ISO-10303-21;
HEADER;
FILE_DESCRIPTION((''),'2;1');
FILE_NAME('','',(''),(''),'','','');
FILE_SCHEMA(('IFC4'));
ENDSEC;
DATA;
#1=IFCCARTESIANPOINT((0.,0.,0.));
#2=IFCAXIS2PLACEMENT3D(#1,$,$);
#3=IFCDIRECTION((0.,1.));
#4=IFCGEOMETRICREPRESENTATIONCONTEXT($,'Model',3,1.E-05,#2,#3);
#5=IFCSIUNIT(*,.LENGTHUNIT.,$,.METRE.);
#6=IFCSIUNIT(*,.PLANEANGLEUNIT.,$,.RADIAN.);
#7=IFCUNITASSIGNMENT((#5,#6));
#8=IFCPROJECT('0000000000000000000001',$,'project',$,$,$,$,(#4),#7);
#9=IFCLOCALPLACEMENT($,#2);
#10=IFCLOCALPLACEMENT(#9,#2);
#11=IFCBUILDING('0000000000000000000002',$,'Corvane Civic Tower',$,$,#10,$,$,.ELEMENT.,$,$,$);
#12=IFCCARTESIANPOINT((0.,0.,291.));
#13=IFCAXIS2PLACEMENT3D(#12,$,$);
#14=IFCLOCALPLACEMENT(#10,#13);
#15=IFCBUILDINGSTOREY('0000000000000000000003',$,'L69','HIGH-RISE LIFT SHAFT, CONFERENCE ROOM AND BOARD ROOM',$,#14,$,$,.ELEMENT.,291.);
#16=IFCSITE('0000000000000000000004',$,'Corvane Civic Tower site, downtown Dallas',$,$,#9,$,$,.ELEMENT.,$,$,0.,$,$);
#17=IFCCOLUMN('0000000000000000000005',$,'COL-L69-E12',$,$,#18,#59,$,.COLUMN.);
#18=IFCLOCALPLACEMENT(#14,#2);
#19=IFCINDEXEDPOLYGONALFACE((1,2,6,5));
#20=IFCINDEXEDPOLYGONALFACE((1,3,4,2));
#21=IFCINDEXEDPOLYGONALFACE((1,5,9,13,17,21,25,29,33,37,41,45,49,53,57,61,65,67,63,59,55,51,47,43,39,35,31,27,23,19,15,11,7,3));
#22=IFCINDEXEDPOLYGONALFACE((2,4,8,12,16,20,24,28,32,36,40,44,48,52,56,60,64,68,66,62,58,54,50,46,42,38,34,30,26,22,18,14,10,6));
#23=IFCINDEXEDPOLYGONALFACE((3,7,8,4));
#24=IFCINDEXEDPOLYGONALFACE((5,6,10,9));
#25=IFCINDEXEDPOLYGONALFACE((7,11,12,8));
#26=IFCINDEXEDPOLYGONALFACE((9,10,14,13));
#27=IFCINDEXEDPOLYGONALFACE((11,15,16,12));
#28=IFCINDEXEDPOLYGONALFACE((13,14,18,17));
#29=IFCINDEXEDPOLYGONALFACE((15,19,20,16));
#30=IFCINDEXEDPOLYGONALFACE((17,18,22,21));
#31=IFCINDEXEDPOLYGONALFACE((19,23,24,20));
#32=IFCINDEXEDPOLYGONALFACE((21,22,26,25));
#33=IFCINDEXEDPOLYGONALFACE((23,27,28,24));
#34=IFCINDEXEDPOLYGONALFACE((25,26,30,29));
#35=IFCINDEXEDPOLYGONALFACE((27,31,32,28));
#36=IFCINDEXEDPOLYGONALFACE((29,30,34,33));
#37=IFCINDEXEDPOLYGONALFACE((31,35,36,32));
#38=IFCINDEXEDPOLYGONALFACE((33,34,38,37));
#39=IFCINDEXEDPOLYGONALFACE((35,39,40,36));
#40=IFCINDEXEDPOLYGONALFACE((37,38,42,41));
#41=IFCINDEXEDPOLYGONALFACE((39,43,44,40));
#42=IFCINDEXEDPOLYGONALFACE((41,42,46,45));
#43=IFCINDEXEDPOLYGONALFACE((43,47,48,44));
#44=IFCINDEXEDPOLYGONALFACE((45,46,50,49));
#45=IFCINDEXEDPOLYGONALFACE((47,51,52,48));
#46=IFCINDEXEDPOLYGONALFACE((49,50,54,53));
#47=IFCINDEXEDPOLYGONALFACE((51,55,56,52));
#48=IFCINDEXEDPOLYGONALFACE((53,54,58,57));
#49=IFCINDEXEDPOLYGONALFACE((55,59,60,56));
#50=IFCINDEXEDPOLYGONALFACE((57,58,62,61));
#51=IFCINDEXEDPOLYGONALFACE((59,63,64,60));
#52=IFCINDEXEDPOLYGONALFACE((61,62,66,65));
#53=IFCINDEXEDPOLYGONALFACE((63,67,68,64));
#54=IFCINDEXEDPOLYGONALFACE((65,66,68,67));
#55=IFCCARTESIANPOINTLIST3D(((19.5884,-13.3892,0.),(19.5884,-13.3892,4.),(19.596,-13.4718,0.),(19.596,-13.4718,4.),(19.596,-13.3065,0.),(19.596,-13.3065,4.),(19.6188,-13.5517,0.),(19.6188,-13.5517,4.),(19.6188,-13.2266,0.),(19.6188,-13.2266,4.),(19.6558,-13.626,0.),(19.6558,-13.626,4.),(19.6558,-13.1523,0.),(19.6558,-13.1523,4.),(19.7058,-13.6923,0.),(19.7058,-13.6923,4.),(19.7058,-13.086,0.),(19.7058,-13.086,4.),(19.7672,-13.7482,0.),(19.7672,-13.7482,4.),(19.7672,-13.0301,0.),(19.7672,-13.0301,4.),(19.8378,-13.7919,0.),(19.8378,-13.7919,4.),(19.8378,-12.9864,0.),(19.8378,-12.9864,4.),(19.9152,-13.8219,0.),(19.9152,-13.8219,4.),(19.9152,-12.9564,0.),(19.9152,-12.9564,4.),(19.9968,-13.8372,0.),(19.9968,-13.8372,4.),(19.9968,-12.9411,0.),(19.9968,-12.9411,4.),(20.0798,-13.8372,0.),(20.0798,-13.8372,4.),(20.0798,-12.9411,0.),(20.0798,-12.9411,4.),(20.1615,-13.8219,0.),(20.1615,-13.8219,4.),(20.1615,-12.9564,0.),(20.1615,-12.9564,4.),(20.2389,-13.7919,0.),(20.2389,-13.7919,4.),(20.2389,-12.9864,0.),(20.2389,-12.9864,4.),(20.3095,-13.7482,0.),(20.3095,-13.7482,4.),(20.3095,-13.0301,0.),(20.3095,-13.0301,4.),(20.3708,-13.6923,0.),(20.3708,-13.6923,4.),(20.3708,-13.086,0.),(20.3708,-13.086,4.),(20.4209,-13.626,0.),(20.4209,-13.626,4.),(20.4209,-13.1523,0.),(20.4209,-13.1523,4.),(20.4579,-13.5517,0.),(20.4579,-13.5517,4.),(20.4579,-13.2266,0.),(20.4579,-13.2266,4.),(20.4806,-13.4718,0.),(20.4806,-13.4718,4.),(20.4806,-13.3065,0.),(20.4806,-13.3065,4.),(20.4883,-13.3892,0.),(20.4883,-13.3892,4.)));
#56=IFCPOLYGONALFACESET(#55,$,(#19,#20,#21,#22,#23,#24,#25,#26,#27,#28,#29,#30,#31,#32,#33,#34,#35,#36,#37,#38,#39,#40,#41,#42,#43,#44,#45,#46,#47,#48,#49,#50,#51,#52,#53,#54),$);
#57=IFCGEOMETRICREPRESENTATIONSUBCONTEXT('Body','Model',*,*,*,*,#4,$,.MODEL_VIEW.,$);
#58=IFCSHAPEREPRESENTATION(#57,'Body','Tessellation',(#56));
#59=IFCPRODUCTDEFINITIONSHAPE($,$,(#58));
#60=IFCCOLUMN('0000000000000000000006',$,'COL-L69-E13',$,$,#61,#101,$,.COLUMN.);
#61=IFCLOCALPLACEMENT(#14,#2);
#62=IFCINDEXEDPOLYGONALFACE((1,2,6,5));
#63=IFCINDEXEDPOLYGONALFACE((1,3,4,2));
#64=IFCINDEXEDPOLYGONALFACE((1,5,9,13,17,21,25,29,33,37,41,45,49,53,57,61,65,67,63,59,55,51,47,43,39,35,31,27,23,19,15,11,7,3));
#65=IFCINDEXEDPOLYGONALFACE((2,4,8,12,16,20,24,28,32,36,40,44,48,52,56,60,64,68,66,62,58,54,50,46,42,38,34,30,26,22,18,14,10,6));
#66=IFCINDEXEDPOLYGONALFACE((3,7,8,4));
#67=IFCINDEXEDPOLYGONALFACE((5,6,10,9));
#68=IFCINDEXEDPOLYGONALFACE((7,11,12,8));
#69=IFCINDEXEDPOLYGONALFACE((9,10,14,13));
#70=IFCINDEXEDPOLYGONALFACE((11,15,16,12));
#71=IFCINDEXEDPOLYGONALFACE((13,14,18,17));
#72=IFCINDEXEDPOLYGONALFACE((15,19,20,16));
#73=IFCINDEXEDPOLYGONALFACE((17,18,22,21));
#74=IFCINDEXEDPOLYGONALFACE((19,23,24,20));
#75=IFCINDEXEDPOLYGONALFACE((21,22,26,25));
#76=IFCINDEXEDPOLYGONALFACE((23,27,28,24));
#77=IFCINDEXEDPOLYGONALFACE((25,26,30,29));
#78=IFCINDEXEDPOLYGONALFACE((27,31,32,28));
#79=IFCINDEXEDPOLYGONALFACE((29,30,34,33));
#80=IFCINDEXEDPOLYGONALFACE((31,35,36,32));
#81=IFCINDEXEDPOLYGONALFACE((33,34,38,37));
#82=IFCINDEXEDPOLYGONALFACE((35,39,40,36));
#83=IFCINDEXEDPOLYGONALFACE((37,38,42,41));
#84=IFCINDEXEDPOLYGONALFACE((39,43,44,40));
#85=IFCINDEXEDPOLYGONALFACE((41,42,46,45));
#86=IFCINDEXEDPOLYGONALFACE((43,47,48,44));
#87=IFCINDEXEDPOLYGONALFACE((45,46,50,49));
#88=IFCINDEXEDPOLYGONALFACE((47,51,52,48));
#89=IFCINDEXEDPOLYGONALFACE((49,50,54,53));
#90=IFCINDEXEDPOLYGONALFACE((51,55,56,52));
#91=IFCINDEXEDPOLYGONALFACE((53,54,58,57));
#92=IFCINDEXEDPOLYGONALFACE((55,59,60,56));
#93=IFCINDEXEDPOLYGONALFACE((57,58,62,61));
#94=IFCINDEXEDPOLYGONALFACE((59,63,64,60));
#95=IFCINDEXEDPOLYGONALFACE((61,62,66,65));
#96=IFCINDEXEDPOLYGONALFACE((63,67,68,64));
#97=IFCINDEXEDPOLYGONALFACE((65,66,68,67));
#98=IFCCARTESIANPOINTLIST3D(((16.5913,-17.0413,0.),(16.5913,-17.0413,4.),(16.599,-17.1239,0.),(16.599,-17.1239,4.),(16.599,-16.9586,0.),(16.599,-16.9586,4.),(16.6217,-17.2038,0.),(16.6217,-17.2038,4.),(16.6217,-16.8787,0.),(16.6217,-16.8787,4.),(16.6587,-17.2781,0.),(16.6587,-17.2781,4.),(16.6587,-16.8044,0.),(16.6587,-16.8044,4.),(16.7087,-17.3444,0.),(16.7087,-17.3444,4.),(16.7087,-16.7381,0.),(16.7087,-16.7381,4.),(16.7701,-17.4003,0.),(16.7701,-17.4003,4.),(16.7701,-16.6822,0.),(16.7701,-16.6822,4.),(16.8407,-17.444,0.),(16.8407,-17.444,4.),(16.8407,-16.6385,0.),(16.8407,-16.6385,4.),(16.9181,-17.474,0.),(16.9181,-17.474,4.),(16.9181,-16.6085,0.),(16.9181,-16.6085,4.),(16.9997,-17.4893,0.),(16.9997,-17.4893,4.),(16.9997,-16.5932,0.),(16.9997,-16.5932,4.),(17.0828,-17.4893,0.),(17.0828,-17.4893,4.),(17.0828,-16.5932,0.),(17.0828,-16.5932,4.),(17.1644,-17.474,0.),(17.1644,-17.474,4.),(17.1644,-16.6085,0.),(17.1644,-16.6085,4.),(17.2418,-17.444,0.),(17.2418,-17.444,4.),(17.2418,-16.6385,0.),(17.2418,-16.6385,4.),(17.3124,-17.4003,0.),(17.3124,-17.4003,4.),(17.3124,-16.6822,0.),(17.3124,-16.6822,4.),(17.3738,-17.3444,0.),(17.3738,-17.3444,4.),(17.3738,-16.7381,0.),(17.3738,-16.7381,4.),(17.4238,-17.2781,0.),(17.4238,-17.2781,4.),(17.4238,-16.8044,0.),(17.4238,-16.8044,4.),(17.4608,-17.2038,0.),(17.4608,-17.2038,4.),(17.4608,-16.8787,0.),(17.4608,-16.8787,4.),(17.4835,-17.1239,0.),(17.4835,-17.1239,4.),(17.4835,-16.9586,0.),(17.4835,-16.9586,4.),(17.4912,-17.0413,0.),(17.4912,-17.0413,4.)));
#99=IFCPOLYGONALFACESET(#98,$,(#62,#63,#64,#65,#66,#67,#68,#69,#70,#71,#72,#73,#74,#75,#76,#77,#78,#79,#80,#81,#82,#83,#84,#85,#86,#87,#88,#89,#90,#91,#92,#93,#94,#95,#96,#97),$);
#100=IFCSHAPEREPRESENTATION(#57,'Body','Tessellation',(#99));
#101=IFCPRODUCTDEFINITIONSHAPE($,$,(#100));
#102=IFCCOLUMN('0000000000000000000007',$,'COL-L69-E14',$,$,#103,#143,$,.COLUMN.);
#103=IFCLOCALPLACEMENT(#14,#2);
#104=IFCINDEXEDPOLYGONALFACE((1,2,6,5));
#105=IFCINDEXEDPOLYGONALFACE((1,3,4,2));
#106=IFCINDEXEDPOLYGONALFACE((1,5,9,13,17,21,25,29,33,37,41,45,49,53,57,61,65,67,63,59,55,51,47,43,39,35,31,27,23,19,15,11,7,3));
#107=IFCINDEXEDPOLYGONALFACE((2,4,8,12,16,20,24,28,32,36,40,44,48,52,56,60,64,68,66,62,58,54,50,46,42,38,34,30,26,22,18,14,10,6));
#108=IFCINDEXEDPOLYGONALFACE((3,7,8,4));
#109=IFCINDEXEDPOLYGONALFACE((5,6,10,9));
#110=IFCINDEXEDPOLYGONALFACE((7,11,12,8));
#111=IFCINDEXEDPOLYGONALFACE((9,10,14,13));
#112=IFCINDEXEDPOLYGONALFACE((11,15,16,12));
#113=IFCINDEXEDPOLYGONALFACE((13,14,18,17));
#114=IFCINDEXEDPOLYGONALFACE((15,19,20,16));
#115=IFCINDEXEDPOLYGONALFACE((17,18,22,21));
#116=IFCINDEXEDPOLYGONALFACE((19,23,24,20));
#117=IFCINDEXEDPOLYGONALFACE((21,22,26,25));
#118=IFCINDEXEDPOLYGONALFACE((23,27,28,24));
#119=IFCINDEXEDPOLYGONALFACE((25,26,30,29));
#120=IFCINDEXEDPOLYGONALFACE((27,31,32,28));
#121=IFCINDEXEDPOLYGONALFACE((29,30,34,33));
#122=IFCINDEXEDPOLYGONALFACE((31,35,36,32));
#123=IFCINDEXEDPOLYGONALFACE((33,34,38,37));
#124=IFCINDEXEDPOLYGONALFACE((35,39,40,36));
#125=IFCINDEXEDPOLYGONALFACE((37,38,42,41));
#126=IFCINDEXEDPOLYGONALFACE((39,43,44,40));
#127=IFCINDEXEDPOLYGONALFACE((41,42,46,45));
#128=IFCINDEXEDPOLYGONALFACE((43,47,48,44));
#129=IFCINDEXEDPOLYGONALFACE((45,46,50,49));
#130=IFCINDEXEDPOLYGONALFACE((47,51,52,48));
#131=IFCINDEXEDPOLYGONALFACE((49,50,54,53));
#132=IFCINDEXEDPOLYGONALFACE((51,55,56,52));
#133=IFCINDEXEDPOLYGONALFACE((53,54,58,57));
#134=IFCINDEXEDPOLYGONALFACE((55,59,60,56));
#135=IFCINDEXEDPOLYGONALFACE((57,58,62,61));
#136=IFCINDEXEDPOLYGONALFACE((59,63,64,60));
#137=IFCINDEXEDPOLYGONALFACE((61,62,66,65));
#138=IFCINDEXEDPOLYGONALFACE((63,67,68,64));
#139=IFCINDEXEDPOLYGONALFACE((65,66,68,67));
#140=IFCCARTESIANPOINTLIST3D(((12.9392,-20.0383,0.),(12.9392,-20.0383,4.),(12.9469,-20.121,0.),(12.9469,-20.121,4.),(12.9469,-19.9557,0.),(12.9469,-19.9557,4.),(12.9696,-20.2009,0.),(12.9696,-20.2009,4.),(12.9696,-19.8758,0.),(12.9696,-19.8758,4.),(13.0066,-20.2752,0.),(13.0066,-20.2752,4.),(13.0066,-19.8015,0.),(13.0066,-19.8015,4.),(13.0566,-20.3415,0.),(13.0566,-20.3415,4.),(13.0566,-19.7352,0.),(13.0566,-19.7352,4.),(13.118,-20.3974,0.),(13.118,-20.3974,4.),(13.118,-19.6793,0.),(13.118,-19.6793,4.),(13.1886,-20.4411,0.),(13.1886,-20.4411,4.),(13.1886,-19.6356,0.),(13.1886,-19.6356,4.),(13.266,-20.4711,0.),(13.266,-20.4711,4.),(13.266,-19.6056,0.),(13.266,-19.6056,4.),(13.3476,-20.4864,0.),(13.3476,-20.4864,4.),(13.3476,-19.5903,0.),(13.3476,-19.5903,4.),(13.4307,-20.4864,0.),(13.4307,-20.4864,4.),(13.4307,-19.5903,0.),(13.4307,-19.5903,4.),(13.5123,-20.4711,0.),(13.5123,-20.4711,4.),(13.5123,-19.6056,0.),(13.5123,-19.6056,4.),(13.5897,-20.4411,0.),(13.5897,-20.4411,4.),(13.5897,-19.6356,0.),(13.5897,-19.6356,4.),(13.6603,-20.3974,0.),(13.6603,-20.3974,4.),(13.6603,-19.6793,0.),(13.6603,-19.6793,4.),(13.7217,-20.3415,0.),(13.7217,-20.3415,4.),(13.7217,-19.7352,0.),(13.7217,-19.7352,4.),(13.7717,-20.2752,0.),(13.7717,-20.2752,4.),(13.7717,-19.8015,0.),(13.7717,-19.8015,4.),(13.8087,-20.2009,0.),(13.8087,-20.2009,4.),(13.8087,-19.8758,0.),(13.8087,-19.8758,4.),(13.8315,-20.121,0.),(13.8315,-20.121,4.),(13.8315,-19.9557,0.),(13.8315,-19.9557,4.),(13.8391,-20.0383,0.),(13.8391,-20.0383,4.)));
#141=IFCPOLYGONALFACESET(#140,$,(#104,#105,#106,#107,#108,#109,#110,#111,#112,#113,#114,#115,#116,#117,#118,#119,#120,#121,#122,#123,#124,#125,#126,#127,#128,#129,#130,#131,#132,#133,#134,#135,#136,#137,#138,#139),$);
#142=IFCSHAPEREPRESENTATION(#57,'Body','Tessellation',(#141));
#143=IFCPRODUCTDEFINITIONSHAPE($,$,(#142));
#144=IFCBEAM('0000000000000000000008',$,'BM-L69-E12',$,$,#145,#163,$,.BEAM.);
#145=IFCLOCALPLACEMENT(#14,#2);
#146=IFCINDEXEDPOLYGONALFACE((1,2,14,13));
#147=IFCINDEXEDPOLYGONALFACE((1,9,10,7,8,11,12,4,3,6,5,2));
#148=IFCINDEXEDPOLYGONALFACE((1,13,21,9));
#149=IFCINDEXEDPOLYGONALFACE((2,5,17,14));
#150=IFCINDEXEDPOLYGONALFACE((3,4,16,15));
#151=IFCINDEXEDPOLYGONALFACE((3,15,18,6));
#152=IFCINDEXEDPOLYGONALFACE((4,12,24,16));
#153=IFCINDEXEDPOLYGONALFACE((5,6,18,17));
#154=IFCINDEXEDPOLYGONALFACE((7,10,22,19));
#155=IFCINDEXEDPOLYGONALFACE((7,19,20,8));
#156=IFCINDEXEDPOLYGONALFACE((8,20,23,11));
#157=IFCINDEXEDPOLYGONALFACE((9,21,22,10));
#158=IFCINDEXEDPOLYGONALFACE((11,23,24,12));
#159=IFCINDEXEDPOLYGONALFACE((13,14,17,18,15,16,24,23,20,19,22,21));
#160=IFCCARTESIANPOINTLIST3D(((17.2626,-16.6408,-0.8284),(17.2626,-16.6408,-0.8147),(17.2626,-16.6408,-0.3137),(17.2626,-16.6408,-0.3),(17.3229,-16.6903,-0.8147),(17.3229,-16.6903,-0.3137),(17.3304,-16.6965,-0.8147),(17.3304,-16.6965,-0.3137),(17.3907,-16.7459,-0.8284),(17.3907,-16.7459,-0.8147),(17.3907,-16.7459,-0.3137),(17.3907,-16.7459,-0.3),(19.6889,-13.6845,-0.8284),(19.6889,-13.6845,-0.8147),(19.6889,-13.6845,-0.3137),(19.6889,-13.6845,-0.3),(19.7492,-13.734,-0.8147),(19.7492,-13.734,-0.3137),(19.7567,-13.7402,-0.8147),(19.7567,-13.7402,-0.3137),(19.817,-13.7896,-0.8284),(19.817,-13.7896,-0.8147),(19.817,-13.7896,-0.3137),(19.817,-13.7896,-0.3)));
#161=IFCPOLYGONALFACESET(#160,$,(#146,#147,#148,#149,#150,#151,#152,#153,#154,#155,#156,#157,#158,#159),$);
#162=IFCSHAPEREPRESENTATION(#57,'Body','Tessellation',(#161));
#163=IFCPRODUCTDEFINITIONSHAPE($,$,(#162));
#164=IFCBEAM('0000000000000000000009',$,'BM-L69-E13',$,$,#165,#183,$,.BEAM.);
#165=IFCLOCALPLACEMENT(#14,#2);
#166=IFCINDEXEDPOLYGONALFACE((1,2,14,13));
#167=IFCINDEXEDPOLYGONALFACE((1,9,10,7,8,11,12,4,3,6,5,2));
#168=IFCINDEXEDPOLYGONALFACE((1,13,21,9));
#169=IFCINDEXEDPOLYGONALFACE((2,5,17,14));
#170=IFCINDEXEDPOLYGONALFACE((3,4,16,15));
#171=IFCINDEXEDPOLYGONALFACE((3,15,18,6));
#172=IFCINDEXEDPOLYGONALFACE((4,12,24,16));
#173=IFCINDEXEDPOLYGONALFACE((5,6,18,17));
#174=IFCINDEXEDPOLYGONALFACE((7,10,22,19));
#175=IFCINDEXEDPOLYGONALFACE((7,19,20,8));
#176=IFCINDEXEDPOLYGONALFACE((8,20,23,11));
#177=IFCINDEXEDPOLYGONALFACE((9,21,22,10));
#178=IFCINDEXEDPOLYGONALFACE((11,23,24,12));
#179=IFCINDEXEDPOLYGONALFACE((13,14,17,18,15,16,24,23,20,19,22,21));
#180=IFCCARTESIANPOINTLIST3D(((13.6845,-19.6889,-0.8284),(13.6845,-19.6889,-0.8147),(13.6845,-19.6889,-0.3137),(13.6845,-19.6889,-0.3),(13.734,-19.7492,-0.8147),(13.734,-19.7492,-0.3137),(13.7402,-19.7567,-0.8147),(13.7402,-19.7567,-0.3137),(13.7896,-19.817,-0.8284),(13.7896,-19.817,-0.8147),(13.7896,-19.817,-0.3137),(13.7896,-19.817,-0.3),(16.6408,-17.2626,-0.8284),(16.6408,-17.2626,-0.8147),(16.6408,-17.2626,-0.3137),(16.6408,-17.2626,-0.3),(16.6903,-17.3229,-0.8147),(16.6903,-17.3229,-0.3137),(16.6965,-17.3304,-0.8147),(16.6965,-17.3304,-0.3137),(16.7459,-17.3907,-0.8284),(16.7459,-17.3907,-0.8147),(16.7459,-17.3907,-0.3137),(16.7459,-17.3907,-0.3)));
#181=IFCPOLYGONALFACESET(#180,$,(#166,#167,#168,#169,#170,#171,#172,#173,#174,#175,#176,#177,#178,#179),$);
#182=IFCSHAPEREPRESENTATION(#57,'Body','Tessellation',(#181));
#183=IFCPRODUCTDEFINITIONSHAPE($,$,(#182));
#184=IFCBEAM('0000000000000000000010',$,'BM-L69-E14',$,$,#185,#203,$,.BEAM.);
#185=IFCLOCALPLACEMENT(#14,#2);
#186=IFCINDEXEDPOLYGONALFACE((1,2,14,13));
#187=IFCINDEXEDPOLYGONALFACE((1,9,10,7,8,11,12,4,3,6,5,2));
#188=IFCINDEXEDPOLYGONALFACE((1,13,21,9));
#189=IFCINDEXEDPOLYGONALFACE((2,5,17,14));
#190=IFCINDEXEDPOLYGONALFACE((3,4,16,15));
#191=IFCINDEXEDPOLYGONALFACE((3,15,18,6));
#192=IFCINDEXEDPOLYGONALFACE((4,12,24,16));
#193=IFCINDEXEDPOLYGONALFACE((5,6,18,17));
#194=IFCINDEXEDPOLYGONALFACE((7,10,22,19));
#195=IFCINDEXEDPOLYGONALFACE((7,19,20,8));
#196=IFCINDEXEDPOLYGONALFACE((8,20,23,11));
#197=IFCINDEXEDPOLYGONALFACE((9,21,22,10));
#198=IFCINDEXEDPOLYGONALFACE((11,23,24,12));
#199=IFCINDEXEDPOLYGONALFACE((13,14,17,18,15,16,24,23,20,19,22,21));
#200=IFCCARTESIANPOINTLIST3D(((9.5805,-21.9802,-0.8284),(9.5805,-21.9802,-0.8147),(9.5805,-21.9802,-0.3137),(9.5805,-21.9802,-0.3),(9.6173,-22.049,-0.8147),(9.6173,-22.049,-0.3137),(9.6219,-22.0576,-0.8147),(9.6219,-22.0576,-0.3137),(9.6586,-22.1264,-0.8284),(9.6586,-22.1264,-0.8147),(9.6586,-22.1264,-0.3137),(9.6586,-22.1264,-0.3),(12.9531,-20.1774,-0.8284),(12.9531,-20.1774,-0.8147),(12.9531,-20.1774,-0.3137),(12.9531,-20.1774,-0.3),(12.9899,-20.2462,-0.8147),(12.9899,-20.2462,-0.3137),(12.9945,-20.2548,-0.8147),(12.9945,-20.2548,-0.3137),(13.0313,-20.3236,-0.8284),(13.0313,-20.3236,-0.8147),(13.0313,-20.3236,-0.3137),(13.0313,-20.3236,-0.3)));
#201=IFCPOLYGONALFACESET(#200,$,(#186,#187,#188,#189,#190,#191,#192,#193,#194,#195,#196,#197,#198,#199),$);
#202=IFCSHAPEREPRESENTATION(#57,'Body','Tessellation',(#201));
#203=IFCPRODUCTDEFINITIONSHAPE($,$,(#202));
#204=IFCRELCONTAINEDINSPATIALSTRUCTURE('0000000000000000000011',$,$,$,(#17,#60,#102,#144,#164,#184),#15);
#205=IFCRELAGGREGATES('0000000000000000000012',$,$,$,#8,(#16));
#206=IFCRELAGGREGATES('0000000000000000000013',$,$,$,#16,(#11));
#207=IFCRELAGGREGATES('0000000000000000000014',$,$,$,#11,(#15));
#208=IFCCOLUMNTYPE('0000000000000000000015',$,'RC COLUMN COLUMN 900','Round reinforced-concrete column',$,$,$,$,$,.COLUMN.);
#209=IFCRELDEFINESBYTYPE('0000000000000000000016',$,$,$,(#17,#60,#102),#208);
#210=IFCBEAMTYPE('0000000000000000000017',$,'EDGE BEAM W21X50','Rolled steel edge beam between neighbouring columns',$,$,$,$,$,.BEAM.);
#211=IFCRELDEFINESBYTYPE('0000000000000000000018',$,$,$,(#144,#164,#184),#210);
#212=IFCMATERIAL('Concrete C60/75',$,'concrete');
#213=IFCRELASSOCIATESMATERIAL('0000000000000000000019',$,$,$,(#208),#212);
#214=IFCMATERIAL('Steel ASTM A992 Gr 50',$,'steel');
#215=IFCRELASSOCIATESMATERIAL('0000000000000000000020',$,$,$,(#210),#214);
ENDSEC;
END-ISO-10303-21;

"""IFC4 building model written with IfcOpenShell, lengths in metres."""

from ifc_helpers import new_model, si_unit, direction, frame, origin, origin_2d, place, context, subcontext, project, spatial, circle, i_section, extrude, material, material_profile, profile_set, type_object, element, save


model = new_model("IFC4")

# Units and contexts
model_context = context("Model", 3, precision=1e-05, world=origin(), true_north=direction((0.0, 1.0)))
body_context = subcontext(model_context, "Body", "Model", "MODEL_VIEW")
ifc_project = project(units=[si_unit("LENGTHUNIT", "METRE"), si_unit("PLANEANGLEUNIT", "RADIAN")], contexts=[model_context])

# Site, building, storey
site_placement = place(None, origin())
site = spatial("IfcSite", under=ifc_project, at=site_placement, Name="Corvane Civic Tower site, downtown Dallas", CompositionType="ELEMENT", RefElevation=0.0)
building_placement = place(site_placement, origin())
building = spatial("IfcBuilding", under=site, at=building_placement, Name="Corvane Civic Tower", CompositionType="ELEMENT")
storey_placement = place(building_placement, frame((0.0, 0.0, 291.0)))
storey = spatial("IfcBuildingStorey", under=building, at=storey_placement, Name="L69", Description="HIGH-RISE LIFT SHAFT, CONFERENCE ROOM AND BOARD ROOM", CompositionType="ELEMENT", Elevation=291.0)

# Columns
ifc_material_1 = material(Name="Concrete C60/75", Category="concrete")
ifc_material_profile_1 = material_profile(ifc_material_1, circle(Radius=0.45, at=origin_2d()), Name="COLUMN 900")
ifc_profile_set_1 = profile_set([ifc_material_profile_1], Name="Concrete C60/75")
column_type = type_object("IfcColumnType", Name="RC COLUMN COLUMN 900", Description="Round reinforced-concrete column", PredefinedType="COLUMN", material=ifc_profile_set_1)
for number, where, z_axis, x_axis, name in (
    (1, (20.0383, -13.3892, 0.0), (0.0, 0.0, 1.0), (1.0, 0.0, 0.0), "COL-L69-E12"),
    (2, (17.0413, -17.0413, 0.0), (0.0, 0.0, 1.0), (1.0, 0.0, 0.0), "COL-L69-E13"),
    (3, (13.3892, -20.0383, 0.0), (0.0, 0.0, 1.0), (1.0, 0.0, 0.0), "COL-L69-E14"),
):
    element("IfcColumn", number, at=place(storey_placement, frame(where, z_axis=z_axis, x_axis=x_axis)), inside=storey, type_object=column_type, Name=name, PredefinedType="COLUMN", context=body_context, shape_type="SweptSolid", body=[
        extrude(circle(Radius=0.45, at=origin_2d()), origin(), (0.0, 0.0, 1.0), 4.0),
    ])

# Beams
ifc_material_2 = material(Name="Steel ASTM A992 Gr 50", Category="steel")
ifc_material_profile_2 = material_profile(ifc_material_2, i_section(OverallWidth=0.1658, OverallDepth=0.5283, WebThickness=0.0098, FlangeThickness=0.0137, at=origin_2d()), Name="W21X50")
ifc_profile_set_2 = profile_set([ifc_material_profile_2], Name="Steel ASTM A992 Gr 50")
beam_type_1 = type_object("IfcBeamType", Name="EDGE BEAM W21X50", Description="Rolled steel edge beam between neighbouring columns", PredefinedType="BEAM", material=ifc_profile_set_2)
for number, where, z_axis, x_axis, name in (
    (4, (19.7529, -13.7371, -0.5642), (-0.634409, -0.772998, 0.0), (0.772998, -0.634409, 0.0), "BM-L69-E12"),
    (5, (16.6934, -17.3267, -0.5642), (-0.772998, -0.634409, 0.0), (0.634409, -0.772998, 0.0), "BM-L69-E13"),
):
    element("IfcBeam", number, at=place(storey_placement, frame(where, z_axis=z_axis, x_axis=x_axis)), inside=storey, type_object=beam_type_1, Name=name, PredefinedType="BEAM", context=body_context, shape_type="SweptSolid", body=[
        extrude(i_section(OverallWidth=0.1658, OverallDepth=0.5283, WebThickness=0.0098, FlangeThickness=0.0137, at=origin_2d()), origin(), (0.0, 0.0, 1.0), 3.8245),
    ])
beam_1_placement = place(storey_placement, frame((12.9922, -20.2505, -0.5642), z_axis=(-0.881914, -0.47141, 0.0), x_axis=(0.47141, -0.881914, 0.0)))
element("IfcBeam", 6, at=beam_1_placement, inside=storey, type_object=beam_type_1, Name="BM-L69-E14", PredefinedType="BEAM", context=body_context, shape_type="SweptSolid", body=[
    extrude(i_section(OverallWidth=0.1658, OverallDepth=0.5283, WebThickness=0.0098, FlangeThickness=0.0137, at=origin_2d()), origin(), (0.0, 0.0, 1.0), 3.8242),
])

save(model, "model.ifc")
